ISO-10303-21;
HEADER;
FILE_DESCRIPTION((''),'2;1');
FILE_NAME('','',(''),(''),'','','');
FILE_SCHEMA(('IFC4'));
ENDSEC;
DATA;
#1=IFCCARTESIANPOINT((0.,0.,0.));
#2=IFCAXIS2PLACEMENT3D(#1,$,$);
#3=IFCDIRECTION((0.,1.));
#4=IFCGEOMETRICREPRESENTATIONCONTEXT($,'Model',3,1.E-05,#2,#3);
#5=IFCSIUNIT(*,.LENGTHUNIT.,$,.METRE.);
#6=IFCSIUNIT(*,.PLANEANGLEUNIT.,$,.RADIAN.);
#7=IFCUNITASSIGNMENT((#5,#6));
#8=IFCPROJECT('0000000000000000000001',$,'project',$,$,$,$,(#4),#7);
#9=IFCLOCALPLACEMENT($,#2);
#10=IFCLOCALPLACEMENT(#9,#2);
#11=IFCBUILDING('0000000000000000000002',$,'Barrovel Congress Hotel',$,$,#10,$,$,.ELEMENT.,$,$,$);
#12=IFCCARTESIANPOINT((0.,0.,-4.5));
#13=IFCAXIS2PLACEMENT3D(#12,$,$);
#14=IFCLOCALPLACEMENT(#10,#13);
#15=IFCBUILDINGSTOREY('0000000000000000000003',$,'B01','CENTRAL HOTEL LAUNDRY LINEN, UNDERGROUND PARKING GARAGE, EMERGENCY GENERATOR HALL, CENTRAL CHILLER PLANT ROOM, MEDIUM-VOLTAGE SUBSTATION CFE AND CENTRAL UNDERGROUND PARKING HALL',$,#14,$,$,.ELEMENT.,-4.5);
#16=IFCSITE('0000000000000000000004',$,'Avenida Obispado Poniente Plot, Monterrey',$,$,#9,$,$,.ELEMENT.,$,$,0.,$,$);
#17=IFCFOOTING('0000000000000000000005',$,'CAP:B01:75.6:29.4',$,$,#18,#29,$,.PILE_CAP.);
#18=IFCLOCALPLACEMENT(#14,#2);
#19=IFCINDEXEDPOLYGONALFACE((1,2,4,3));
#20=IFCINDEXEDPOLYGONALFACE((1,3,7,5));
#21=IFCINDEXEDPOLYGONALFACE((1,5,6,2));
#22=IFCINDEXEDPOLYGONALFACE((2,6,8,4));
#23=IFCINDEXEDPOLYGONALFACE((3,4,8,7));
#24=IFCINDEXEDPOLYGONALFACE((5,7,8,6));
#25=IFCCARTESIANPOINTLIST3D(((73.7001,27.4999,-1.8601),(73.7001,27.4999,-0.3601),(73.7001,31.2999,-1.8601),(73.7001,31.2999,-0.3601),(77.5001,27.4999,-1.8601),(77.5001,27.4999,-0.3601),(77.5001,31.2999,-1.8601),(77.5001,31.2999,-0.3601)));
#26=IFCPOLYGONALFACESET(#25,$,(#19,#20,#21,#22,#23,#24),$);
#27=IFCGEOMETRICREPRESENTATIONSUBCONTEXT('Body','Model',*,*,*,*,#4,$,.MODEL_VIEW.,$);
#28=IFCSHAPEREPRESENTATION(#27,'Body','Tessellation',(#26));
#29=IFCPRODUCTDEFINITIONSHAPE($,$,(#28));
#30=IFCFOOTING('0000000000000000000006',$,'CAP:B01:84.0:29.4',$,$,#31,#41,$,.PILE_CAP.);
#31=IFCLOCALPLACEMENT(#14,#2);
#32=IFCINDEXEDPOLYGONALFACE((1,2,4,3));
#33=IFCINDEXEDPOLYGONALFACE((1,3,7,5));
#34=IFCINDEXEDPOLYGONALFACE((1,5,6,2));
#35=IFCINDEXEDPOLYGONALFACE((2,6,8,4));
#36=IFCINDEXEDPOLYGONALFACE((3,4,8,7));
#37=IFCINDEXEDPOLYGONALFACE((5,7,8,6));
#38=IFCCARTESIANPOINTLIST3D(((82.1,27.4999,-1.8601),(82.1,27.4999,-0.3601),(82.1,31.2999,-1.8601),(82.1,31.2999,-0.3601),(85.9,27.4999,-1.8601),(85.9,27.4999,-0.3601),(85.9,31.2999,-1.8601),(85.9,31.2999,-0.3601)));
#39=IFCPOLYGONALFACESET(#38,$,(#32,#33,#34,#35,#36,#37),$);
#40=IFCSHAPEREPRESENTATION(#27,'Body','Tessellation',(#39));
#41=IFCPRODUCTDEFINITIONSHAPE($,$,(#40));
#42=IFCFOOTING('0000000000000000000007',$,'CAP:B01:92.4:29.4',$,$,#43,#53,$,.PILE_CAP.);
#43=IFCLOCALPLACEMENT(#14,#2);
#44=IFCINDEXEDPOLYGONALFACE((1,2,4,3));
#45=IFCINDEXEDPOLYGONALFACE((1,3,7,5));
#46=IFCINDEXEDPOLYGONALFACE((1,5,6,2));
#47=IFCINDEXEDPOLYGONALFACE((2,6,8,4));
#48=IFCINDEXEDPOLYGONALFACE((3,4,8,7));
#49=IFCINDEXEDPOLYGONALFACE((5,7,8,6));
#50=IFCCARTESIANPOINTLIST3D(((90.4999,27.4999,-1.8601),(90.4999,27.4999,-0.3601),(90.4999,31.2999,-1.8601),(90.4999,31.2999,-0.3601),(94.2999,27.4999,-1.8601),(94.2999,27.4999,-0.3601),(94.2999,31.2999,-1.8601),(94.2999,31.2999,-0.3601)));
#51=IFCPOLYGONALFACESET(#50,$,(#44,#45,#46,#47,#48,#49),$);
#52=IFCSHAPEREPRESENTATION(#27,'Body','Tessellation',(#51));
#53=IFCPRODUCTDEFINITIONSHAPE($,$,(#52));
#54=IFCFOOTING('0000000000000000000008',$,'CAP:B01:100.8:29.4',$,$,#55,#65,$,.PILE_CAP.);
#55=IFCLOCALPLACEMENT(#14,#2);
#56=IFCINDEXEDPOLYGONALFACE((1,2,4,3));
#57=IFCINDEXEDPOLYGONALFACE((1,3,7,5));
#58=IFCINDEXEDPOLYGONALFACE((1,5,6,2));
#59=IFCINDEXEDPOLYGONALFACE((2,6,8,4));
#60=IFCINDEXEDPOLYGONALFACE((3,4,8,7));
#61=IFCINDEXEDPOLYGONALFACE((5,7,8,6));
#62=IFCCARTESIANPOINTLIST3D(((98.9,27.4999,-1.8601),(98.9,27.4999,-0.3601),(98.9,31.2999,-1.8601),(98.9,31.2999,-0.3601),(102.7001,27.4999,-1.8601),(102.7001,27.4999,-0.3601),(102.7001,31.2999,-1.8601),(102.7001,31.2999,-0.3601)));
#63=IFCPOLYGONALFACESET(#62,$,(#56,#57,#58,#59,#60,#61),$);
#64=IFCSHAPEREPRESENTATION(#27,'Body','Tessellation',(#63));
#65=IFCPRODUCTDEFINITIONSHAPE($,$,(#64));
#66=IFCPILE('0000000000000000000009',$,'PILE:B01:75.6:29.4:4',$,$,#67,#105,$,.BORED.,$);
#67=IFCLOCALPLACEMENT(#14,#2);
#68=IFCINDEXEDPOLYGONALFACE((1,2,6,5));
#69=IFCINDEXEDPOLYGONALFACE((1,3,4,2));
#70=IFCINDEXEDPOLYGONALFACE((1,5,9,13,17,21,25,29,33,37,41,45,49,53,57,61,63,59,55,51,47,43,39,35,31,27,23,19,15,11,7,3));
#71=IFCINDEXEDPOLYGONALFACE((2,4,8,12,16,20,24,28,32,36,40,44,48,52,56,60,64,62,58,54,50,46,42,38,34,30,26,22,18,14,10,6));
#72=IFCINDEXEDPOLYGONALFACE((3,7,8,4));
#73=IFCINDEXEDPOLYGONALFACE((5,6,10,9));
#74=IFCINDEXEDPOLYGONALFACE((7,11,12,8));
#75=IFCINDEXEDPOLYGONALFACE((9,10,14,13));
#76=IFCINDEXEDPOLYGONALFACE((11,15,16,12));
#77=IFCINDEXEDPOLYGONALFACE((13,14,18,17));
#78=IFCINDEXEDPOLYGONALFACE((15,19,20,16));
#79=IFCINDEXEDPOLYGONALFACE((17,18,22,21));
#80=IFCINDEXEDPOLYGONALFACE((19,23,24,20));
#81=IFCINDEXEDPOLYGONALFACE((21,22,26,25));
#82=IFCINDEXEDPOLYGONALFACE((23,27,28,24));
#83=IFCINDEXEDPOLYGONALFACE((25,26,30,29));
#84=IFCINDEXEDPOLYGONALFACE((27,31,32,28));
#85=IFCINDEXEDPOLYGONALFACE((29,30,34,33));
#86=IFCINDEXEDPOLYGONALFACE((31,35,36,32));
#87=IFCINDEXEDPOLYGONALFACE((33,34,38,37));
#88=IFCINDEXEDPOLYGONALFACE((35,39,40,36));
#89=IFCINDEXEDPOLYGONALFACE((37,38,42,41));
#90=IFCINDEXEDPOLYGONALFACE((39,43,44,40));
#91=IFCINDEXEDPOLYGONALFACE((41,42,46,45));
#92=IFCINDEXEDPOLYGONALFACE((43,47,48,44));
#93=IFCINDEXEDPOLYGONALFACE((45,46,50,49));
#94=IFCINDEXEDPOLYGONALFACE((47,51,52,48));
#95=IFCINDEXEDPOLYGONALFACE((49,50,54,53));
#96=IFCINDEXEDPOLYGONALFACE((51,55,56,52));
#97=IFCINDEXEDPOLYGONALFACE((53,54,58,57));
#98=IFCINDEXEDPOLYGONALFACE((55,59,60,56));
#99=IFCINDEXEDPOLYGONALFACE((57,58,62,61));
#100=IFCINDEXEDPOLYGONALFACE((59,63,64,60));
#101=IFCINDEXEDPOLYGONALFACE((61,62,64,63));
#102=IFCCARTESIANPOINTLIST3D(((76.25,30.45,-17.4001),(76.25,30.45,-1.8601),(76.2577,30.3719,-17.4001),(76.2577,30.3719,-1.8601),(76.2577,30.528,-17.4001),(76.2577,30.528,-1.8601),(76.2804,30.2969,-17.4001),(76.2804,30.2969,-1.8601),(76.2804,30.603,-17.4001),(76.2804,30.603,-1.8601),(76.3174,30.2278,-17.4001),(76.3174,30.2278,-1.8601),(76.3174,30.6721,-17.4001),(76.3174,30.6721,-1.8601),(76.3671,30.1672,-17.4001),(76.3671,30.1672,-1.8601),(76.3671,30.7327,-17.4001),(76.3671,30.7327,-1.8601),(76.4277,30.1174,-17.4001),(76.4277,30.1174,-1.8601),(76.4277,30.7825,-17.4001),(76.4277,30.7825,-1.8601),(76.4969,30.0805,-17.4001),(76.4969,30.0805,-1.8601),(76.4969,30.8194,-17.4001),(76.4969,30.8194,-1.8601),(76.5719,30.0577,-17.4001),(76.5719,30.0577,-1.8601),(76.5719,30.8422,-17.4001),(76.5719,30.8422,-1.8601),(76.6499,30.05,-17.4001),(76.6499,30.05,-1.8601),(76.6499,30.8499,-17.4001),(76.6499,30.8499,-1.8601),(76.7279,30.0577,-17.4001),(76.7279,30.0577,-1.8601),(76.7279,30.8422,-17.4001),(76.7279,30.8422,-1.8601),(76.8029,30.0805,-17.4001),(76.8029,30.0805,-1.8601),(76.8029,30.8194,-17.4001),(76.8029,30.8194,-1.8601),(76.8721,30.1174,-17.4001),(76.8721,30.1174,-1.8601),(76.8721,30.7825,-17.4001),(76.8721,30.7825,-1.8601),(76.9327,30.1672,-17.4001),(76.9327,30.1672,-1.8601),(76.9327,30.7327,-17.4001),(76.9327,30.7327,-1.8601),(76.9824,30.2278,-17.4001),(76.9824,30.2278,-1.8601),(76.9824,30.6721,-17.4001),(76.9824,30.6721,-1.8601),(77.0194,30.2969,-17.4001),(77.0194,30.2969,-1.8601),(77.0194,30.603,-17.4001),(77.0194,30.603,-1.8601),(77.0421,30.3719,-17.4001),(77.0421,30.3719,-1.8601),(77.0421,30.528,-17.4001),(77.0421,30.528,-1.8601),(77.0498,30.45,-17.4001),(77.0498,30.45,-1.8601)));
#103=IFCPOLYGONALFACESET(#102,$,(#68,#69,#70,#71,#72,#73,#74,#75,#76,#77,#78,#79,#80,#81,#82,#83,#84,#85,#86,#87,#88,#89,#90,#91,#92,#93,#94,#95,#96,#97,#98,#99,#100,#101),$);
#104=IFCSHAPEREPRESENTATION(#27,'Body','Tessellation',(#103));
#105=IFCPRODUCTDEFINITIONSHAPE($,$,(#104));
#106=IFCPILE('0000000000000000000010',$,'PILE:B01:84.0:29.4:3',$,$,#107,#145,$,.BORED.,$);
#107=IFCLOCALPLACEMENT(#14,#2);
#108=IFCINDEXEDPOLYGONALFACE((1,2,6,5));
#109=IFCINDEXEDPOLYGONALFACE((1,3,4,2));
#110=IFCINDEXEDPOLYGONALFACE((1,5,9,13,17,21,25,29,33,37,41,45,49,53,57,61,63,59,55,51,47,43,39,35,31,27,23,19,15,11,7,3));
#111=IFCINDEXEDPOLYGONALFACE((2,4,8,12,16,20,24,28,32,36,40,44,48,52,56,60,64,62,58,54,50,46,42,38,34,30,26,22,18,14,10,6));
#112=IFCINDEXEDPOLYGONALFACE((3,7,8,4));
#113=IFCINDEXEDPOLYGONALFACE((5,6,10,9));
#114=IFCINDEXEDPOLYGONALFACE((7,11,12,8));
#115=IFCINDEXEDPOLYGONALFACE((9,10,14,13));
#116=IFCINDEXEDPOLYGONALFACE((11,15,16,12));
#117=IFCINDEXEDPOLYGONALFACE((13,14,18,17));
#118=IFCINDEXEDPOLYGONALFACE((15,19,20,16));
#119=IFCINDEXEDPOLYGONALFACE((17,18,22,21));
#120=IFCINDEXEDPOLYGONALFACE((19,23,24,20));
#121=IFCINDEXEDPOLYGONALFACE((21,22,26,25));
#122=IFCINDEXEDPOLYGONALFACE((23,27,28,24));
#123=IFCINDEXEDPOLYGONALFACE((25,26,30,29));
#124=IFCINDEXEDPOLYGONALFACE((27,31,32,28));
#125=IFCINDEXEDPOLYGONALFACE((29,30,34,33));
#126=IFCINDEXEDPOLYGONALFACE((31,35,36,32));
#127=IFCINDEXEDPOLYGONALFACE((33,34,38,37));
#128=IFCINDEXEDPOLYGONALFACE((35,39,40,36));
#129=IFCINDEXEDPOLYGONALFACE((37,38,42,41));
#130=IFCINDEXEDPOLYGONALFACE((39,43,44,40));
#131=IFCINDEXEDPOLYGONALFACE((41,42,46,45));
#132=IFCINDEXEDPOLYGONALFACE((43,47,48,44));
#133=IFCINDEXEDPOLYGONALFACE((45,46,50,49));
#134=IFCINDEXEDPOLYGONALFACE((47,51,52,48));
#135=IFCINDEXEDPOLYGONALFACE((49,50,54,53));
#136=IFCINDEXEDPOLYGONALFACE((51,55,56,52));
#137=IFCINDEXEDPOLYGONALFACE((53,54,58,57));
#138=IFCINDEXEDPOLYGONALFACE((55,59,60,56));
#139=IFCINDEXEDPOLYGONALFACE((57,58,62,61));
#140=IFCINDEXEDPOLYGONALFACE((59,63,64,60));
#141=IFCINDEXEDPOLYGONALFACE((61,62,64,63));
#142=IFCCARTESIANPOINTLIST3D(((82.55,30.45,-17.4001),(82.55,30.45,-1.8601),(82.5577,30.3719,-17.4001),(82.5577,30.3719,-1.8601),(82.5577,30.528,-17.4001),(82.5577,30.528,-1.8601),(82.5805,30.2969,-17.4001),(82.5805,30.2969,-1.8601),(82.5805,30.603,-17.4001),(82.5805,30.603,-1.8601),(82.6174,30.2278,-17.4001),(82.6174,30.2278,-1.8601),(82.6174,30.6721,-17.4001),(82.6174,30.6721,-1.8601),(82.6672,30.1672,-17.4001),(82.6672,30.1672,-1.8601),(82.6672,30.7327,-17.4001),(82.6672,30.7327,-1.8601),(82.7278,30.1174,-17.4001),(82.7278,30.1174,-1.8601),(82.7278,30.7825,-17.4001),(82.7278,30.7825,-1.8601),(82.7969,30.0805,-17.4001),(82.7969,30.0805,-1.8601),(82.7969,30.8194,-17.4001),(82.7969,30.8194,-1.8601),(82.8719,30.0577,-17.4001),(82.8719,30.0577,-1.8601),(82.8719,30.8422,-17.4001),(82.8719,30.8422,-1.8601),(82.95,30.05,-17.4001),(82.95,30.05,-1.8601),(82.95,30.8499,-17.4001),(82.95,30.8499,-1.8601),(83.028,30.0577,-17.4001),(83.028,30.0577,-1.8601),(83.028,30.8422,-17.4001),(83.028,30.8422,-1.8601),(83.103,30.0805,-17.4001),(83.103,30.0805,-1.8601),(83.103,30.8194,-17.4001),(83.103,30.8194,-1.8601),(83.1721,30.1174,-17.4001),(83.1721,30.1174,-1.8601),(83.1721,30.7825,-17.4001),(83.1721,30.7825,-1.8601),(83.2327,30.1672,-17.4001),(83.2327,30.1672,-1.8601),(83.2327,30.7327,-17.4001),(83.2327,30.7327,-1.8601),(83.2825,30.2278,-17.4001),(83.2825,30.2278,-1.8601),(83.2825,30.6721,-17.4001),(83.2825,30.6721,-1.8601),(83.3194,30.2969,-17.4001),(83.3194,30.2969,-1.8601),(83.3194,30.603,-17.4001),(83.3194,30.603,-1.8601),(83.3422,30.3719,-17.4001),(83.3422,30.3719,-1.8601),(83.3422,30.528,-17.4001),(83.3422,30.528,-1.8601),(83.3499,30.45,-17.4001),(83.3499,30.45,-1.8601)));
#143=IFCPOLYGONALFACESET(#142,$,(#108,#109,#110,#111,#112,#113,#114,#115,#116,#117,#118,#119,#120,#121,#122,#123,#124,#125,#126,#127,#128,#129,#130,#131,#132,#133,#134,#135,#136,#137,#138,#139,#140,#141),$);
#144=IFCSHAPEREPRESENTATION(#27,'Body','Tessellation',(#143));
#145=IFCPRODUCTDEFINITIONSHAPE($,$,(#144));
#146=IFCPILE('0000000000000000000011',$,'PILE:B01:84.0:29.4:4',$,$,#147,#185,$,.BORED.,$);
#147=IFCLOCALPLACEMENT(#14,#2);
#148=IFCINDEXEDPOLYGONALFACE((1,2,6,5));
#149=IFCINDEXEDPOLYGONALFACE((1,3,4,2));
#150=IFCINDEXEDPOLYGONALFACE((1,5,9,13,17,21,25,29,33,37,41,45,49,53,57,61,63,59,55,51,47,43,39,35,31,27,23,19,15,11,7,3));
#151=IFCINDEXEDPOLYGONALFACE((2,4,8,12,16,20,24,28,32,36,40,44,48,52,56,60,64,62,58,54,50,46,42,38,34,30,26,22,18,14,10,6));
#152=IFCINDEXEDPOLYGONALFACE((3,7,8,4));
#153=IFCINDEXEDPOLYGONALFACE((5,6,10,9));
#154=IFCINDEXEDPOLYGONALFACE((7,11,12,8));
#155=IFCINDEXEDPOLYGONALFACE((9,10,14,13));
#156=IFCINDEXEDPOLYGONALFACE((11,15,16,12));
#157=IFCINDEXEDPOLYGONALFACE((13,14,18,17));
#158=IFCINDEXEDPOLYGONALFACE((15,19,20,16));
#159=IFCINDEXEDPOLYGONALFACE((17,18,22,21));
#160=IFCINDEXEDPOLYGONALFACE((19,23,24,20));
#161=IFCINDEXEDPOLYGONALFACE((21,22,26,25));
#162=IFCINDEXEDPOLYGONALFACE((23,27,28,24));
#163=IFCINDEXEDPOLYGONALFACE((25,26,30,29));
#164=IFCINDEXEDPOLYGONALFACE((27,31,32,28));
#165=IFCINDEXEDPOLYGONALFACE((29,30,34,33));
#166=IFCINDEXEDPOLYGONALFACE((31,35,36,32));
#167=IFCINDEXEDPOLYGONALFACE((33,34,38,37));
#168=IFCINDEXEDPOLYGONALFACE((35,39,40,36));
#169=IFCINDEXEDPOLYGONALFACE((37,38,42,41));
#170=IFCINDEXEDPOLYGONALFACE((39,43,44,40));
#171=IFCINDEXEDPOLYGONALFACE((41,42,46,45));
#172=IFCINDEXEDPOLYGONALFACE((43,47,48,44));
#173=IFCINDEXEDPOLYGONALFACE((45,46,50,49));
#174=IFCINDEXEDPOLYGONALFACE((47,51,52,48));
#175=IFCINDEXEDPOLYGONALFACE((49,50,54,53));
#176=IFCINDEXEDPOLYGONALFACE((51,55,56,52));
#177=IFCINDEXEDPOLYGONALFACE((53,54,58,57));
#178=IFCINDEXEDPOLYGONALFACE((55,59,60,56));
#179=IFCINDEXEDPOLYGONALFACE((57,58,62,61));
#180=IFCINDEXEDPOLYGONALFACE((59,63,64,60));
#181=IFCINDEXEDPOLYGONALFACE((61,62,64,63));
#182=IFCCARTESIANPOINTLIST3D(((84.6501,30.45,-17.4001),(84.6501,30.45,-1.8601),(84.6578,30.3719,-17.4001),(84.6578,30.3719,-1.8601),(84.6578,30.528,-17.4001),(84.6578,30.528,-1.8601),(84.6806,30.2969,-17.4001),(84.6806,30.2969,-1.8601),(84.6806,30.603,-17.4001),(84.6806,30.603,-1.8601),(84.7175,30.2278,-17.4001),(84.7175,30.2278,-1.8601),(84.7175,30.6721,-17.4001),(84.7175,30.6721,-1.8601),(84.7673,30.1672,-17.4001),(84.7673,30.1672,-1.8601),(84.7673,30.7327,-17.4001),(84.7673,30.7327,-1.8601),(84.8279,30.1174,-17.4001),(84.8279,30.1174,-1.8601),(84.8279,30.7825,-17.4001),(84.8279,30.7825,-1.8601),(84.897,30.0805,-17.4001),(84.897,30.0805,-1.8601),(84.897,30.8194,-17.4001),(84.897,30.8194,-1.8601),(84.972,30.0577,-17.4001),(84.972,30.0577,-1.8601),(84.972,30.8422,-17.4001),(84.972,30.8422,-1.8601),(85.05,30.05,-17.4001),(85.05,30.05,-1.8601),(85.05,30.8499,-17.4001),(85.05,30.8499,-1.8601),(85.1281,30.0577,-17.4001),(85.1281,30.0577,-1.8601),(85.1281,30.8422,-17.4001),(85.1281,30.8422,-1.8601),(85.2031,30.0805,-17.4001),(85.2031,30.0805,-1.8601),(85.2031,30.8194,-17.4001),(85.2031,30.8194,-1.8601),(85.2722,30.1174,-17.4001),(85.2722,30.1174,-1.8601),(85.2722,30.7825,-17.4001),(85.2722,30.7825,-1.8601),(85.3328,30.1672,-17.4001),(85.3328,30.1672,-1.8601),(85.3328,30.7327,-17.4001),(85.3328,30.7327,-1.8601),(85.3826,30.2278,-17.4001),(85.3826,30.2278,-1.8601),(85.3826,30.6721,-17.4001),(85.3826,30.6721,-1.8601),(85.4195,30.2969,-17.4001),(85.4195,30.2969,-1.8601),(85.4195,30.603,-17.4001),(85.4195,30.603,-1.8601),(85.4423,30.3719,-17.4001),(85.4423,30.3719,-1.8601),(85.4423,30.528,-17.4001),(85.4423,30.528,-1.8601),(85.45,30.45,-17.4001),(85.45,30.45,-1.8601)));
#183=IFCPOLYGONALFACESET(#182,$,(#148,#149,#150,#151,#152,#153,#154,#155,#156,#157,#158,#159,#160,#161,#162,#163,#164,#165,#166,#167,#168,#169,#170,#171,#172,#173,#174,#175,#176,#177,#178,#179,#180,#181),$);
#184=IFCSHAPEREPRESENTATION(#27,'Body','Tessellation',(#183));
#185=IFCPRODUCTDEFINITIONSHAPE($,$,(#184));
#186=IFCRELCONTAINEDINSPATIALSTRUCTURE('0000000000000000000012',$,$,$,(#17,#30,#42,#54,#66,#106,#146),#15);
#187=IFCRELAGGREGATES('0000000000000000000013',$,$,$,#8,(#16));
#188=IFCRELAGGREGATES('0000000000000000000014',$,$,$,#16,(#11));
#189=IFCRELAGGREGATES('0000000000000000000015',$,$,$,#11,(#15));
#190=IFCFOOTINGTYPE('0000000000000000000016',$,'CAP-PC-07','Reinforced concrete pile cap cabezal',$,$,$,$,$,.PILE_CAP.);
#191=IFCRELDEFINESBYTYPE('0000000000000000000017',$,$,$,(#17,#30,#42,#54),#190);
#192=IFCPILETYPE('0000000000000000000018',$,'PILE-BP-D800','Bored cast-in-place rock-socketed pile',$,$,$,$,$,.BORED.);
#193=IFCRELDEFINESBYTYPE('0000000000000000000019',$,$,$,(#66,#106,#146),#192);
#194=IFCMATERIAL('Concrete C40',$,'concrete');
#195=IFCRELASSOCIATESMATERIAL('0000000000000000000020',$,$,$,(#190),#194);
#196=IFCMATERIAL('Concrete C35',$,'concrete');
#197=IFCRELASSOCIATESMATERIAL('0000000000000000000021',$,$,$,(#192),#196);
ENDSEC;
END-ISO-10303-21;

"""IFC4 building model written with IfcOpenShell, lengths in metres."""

from ifc_helpers import new_model, si_unit, direction, frame, origin, origin_2d, place, context, subcontext, project, spatial, rectangle, circle, extrude, material, material_profile, profile_set, type_object, element, save


model = new_model("IFC4")

# Units and contexts
model_context = context("Model", 3, precision=1e-05, world=origin(), true_north=direction((0.0, 1.0)))
body_context = subcontext(model_context, "Body", "Model", "MODEL_VIEW")
ifc_project = project(units=[si_unit("LENGTHUNIT", "METRE"), si_unit("PLANEANGLEUNIT", "RADIAN")], contexts=[model_context])

# Site, building, storey
site_placement = place(None, origin())
site = spatial("IfcSite", under=ifc_project, at=site_placement, Name="Avenida Obispado Poniente Plot, Monterrey", CompositionType="ELEMENT", RefElevation=0.0)
building_placement = place(site_placement, origin())
building = spatial("IfcBuilding", under=site, at=building_placement, Name="Barrovel Congress Hotel", CompositionType="ELEMENT")
storey_placement = place(building_placement, frame((0.0, 0.0, -4.5)))
storey = spatial("IfcBuildingStorey", under=building, at=storey_placement, Name="B01", Description="CENTRAL HOTEL LAUNDRY LINEN, UNDERGROUND PARKING GARAGE, EMERGENCY GENERATOR HALL, CENTRAL CHILLER PLANT ROOM, MEDIUM-VOLTAGE SUBSTATION CFE AND CENTRAL UNDERGROUND PARKING HALL", CompositionType="ELEMENT", Elevation=-4.5)

# Footings
ifc_material_1 = material(Name="Concrete C40", Category="concrete")
footing_type = type_object("IfcFootingType", Name="CAP-PC-07", Description="Reinforced concrete pile cap cabezal", PredefinedType="PILE_CAP", material=ifc_material_1)
for number, where, z_axis, x_axis, name in (
    (1, (75.6001, 29.3999, -1.8601), (0.0, 0.0, 1.0), (1.0, 0.0, 0.0), "CAP:B01:75.6:29.4"),
    (2, (84.0, 29.3999, -1.8601), (0.0, 0.0, 1.0), (1.0, 0.0, 0.0), "CAP:B01:84.0:29.4"),
    (3, (92.3999, 29.3999, -1.8601), (0.0, 0.0, 1.0), (1.0, 0.0, 0.0), "CAP:B01:92.4:29.4"),
    (4, (100.8, 29.3999, -1.8601), (0.0, 0.0, 1.0), (1.0, 0.0, 0.0), "CAP:B01:100.8:29.4"),
):
    element("IfcFooting", number, at=place(storey_placement, frame(where, z_axis=z_axis, x_axis=x_axis)), inside=storey, type_object=footing_type, Name=name, PredefinedType="PILE_CAP", context=body_context, shape_type="SweptSolid", body=[
        extrude(rectangle(XDim=3.8, YDim=3.8, at=origin_2d()), origin(), (0.0, 0.0, 1.0), 1.5),
    ])

# Piles
ifc_material_2 = material(Name="Concrete C35", Category="concrete")
ifc_material_profile_1 = material_profile(ifc_material_2, circle(Radius=0.3999, at=origin_2d()), Name="BP-D800")
ifc_profile_set_1 = profile_set([ifc_material_profile_1], Name="Concrete C35")
pile_type = type_object("IfcPileType", Name="PILE-BP-D800", Description="Bored cast-in-place rock-socketed pile", PredefinedType="BORED", material=ifc_profile_set_1)
for number, where, z_axis, x_axis, name in (
    (5, (76.6499, 30.45, -1.8601), (0.0, 0.0, -1.0), (1.0, 0.0, 0.0), "PILE:B01:75.6:29.4:4"),
    (6, (82.95, 30.45, -1.8601), (0.0, 0.0, -1.0), (1.0, 0.0, 0.0), "PILE:B01:84.0:29.4:3"),
    (7, (85.05, 30.45, -1.8601), (0.0, 0.0, -1.0), (1.0, 0.0, 0.0), "PILE:B01:84.0:29.4:4"),
):
    element("IfcPile", number, at=place(storey_placement, frame(where, z_axis=z_axis, x_axis=x_axis)), inside=storey, type_object=pile_type, Name=name, PredefinedType="BORED", context=body_context, shape_type="SweptSolid", body=[
        extrude(circle(Radius=0.3999, at=origin_2d()), origin(), (0.0, 0.0, 1.0), 15.54),
    ])

save(model, "model.ifc")
